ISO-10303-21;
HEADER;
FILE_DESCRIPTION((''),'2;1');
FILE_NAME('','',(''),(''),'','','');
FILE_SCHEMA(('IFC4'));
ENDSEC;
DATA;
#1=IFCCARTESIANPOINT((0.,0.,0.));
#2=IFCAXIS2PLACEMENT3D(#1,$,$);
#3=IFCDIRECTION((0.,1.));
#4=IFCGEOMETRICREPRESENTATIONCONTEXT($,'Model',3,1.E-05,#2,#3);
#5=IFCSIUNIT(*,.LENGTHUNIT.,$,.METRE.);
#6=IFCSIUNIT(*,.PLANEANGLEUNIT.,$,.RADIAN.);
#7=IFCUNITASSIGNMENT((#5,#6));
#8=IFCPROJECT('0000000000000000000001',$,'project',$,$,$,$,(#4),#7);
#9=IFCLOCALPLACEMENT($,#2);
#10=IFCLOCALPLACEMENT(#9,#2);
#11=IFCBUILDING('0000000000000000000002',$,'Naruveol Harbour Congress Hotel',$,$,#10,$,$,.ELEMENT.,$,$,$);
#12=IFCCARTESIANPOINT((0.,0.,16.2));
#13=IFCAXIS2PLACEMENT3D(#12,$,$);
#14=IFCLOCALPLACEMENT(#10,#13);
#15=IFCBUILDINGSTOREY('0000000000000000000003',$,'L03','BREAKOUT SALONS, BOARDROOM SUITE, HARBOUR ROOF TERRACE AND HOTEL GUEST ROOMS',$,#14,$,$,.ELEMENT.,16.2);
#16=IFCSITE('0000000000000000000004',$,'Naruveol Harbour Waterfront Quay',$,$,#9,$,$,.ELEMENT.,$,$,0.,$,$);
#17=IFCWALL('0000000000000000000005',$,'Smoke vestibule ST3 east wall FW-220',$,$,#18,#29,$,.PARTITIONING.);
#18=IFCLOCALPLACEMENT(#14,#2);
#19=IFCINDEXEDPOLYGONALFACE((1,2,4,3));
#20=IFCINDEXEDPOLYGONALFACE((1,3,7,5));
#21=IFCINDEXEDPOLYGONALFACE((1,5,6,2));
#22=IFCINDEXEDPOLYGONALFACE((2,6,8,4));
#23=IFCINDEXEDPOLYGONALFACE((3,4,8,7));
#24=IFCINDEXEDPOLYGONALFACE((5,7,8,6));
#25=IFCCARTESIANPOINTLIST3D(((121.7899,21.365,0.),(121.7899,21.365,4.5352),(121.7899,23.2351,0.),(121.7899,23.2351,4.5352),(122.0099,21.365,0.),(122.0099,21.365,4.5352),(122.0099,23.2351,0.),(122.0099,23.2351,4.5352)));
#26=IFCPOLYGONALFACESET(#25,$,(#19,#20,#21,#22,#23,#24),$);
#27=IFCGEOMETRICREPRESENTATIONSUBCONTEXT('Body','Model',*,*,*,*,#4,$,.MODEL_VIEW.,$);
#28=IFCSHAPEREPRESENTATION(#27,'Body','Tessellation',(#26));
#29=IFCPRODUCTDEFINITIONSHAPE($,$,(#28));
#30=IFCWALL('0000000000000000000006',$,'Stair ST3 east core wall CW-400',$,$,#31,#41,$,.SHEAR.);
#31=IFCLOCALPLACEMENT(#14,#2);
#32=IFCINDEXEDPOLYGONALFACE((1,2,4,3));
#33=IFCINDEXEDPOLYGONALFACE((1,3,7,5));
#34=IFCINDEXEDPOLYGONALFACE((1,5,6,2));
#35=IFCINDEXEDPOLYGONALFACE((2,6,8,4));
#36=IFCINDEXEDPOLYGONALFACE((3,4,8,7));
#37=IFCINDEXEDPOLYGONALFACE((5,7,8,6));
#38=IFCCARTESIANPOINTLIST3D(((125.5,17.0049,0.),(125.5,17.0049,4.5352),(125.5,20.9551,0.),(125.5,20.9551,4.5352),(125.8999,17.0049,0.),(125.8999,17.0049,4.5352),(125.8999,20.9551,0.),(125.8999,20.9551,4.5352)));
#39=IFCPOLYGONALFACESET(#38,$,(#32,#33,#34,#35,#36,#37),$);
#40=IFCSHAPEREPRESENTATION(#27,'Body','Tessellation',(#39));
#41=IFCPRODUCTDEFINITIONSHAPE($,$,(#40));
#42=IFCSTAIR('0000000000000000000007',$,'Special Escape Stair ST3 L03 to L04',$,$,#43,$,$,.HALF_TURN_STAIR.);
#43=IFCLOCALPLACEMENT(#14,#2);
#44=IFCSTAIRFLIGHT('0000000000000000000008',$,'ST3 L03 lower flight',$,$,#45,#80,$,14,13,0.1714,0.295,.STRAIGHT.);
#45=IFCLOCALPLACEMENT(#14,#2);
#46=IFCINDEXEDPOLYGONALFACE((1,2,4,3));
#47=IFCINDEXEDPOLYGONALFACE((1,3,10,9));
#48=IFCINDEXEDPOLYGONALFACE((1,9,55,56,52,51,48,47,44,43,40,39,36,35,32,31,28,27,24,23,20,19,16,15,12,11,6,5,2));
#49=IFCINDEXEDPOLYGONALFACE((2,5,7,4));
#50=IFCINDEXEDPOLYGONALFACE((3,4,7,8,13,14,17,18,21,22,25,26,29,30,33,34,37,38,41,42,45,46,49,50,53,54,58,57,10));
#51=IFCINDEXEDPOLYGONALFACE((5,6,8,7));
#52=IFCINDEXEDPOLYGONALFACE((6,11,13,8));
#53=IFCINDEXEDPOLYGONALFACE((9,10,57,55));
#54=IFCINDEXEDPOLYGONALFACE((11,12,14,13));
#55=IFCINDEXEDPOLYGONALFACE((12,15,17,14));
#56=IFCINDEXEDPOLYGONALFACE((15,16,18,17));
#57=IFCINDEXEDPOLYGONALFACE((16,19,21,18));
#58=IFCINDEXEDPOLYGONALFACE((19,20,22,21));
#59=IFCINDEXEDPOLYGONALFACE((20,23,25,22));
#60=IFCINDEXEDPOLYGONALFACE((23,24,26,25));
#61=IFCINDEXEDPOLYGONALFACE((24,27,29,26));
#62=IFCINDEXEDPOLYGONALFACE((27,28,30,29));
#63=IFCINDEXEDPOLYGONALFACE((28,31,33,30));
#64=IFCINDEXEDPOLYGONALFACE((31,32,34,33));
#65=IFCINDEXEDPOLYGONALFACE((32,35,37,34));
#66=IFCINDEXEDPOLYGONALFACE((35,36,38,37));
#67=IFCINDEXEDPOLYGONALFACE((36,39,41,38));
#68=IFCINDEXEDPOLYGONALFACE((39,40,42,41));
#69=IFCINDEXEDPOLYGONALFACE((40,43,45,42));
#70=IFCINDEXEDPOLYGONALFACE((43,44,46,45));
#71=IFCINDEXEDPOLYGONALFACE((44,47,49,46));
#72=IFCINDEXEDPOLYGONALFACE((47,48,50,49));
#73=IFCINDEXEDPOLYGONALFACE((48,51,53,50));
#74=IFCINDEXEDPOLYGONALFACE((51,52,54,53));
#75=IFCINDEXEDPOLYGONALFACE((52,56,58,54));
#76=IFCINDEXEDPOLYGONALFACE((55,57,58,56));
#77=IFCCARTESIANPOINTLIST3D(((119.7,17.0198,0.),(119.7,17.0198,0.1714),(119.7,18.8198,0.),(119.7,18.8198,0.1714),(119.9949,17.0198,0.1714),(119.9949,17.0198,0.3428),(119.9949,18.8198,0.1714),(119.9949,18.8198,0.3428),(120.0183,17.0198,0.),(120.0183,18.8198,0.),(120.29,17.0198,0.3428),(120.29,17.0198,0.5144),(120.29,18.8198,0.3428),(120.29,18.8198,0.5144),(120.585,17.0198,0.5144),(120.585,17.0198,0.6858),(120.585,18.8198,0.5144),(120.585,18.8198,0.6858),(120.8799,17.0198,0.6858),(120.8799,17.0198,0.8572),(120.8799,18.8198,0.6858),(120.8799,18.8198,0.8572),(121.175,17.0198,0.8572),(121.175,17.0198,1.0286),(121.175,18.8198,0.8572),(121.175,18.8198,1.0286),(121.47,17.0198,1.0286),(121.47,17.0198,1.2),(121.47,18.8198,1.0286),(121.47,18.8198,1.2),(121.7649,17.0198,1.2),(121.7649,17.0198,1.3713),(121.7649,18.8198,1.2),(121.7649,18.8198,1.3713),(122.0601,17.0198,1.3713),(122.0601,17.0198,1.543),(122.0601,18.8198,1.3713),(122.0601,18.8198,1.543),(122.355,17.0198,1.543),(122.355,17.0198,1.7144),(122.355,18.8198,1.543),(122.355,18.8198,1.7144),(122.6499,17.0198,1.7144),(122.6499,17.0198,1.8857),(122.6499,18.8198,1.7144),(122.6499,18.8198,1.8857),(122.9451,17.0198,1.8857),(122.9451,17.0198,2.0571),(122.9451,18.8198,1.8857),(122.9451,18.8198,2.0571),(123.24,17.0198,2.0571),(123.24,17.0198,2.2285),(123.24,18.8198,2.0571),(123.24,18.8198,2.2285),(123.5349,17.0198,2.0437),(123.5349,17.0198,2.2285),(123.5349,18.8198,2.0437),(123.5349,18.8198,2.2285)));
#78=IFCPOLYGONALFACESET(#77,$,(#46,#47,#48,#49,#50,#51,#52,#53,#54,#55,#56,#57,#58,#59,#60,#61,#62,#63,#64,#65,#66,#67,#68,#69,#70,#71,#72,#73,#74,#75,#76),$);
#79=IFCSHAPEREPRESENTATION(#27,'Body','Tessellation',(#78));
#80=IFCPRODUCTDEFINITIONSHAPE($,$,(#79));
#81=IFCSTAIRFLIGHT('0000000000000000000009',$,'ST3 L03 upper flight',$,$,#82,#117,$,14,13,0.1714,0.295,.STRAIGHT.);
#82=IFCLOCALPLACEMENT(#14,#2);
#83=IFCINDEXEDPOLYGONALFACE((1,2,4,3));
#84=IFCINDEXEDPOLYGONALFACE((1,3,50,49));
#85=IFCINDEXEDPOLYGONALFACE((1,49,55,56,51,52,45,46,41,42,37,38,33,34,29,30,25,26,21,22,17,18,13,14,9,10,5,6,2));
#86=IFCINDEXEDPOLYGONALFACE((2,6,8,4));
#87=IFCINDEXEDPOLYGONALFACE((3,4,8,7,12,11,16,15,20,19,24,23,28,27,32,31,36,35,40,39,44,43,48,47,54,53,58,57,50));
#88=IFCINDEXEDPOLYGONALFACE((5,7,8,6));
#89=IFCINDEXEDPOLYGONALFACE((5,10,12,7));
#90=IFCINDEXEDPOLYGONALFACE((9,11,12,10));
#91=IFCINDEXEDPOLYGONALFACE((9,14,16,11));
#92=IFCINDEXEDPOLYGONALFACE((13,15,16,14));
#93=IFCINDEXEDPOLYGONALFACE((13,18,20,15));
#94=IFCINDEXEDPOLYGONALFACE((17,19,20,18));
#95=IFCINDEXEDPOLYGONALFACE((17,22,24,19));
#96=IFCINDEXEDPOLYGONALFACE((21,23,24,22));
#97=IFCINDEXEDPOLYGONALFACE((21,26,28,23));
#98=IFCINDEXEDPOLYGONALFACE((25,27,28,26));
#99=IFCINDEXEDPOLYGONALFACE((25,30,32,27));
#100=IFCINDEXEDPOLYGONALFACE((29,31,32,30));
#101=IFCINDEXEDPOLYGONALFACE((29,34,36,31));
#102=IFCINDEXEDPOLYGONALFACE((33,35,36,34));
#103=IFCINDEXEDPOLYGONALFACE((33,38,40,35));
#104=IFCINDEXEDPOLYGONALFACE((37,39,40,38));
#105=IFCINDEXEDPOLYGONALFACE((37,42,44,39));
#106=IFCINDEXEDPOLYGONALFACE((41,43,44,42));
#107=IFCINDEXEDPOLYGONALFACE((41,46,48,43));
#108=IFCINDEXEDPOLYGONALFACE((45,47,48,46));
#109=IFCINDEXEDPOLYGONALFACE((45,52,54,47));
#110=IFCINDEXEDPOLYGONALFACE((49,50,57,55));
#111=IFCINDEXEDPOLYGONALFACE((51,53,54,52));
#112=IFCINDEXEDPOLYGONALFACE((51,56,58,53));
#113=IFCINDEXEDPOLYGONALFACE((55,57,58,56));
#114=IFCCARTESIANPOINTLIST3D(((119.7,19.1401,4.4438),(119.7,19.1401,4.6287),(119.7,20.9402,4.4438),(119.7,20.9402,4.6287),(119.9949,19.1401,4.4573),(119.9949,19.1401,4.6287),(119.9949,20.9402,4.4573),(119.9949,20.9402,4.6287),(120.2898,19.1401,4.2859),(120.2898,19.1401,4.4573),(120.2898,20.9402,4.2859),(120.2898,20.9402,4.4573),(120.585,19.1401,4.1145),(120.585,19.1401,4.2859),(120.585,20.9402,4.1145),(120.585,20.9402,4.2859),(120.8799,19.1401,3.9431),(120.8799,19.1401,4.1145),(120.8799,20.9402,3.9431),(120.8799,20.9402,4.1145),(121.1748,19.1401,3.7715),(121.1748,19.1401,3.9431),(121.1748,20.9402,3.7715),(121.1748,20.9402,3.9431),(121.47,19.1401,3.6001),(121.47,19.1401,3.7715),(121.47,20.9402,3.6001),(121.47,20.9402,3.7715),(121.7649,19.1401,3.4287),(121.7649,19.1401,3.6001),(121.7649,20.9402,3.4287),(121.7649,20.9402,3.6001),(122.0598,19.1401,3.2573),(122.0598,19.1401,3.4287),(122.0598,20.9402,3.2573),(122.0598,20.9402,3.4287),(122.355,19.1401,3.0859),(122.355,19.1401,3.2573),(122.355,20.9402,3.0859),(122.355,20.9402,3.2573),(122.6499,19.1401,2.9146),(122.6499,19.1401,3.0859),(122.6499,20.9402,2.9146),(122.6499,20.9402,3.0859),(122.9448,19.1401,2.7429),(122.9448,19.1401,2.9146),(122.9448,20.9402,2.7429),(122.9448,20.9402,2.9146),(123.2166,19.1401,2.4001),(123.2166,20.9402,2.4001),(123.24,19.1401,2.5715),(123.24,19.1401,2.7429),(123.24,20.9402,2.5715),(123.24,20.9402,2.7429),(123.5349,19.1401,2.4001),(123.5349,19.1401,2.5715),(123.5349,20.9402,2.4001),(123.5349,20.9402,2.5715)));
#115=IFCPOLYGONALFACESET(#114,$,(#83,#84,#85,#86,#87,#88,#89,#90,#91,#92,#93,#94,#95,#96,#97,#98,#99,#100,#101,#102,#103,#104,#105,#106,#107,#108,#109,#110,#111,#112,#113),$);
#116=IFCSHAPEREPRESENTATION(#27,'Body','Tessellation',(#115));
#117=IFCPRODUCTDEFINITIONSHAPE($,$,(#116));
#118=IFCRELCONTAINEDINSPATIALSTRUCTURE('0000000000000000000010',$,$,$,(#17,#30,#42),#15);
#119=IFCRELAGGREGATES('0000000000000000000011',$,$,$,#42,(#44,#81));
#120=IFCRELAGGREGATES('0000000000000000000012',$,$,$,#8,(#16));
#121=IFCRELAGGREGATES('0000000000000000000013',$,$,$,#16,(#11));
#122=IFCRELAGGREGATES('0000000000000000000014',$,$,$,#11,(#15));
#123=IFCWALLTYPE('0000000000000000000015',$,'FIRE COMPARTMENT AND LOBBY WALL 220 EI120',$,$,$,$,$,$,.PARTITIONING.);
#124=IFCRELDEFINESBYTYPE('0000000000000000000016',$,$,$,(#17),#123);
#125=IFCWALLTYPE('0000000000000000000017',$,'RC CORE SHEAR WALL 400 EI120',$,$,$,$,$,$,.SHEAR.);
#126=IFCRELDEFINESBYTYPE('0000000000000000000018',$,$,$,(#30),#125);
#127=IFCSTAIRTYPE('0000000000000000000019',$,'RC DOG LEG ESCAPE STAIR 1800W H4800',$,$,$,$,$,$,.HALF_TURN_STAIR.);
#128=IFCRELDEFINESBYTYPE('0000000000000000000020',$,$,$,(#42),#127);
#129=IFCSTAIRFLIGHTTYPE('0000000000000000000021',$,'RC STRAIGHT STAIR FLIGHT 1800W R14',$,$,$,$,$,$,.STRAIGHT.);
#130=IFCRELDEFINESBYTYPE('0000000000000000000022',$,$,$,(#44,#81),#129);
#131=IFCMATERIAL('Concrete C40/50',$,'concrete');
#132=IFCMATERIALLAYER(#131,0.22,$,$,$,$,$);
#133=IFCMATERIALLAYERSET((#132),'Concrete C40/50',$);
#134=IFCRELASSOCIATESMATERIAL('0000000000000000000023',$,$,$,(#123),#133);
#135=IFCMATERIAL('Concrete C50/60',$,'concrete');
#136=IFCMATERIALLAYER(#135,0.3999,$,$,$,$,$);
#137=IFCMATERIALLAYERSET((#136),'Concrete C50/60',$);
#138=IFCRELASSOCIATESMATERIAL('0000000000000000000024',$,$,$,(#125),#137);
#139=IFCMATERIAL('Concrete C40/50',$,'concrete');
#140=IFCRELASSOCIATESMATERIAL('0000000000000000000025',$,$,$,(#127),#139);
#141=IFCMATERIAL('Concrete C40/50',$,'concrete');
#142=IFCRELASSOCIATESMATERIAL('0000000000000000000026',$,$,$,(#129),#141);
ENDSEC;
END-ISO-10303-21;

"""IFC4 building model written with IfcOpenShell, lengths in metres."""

from ifc_helpers import new_model, si_unit, direction, frame, frame_2d, origin, place, context, subcontext, project, spatial, polyline, rectangle, outline, extrude, material, layer, layer_set, type_object, element, aggregate, save


model = new_model("IFC4")

# Units and contexts
model_context = context("Model", 3, precision=1e-05, world=origin(), true_north=direction((0.0, 1.0)))
body_context = subcontext(model_context, "Body", "Model", "MODEL_VIEW")
ifc_project = project(units=[si_unit("LENGTHUNIT", "METRE"), si_unit("PLANEANGLEUNIT", "RADIAN")], contexts=[model_context])

# Site, building, storey
site_placement = place(None, origin())
site = spatial("IfcSite", under=ifc_project, at=site_placement, Name="Naruveol Harbour Waterfront Quay", CompositionType="ELEMENT", RefElevation=0.0)
building_placement = place(site_placement, origin())
building = spatial("IfcBuilding", under=site, at=building_placement, Name="Naruveol Harbour Congress Hotel", CompositionType="ELEMENT")
storey_placement = place(building_placement, frame((0.0, 0.0, 16.2)))
storey = spatial("IfcBuildingStorey", under=building, at=storey_placement, Name="L03", Description="BREAKOUT SALONS, BOARDROOM SUITE, HARBOUR ROOF TERRACE AND HOTEL GUEST ROOMS", CompositionType="ELEMENT", Elevation=16.2)

# Shared definitions
ifc_material_1 = material(Name="Concrete C40/50", Category="concrete")
ifc_layer_1 = layer(ifc_material_1, 0.22)
ifc_layer_set_1 = layer_set([ifc_layer_1], Name="Concrete C40/50")
wall_type_1 = type_object("IfcWallType", Name="FIRE COMPARTMENT AND LOBBY WALL 220 EI120", PredefinedType="PARTITIONING", material=ifc_layer_set_1)

# Walls
wall_1_placement = place(storey_placement, frame((121.8999, 21.365, 0.0), z_axis=(0.0, 0.0, 1.0), x_axis=(0.0, 1.0, 0.0)))
element("IfcWall", 1, at=wall_1_placement, inside=storey, type_object=wall_type_1, Name="Smoke vestibule ST3 east wall FW-220", PredefinedType="PARTITIONING", context=body_context, shape_type="SweptSolid", body=[
    extrude(rectangle(XDim=1.8701, YDim=0.22, at=frame_2d((0.9351, 0.0))), origin(), (0.0, 0.0, 1.0), 4.5352),
])
ifc_material_2 = material(Name="Concrete C50/60", Category="concrete")
ifc_layer_2 = layer(ifc_material_2, 0.3999)
ifc_layer_set_2 = layer_set([ifc_layer_2], Name="Concrete C50/60")
wall_type_2 = type_object("IfcWallType", Name="RC CORE SHEAR WALL 400 EI120", PredefinedType="SHEAR", material=ifc_layer_set_2)
wall_2_placement = place(storey_placement, frame((125.7, 17.0049, 0.0), z_axis=(0.0, 0.0, 1.0), x_axis=(0.0, 1.0, 0.0)))
element("IfcWall", 2, at=wall_2_placement, inside=storey, type_object=wall_type_2, Name="Stair ST3 east core wall CW-400", PredefinedType="SHEAR", context=body_context, shape_type="SweptSolid", body=[
    extrude(rectangle(XDim=3.9502, YDim=0.3999, at=frame_2d((1.9751, 0.0))), origin(), (0.0, 0.0, 1.0), 4.5352),
])

# Stair, stair flights
ifc_material_3 = material(Name="Concrete C40/50", Category="concrete")
stair_type = type_object("IfcStairType", Name="RC DOG LEG ESCAPE STAIR 1800W H4800", PredefinedType="HALF_TURN_STAIR", material=ifc_material_3)
stair_placement = place(storey_placement, origin())
stair = element("IfcStair", 3, at=stair_placement, inside=storey, type_object=stair_type, Name="Special Escape Stair ST3 L03 to L04", PredefinedType="HALF_TURN_STAIR")
ifc_material_4 = material(Name="Concrete C40/50", Category="concrete")
stair_flight_type = type_object("IfcStairFlightType", Name="RC STRAIGHT STAIR FLIGHT 1800W R14", PredefinedType="STRAIGHT", material=ifc_material_4)
stair_flight_1_placement = place(storey_placement, frame((119.7, 17.9199, 0.0), z_axis=(0.0, 0.0, 1.0), x_axis=(1.0, 0.0, 0.0)))
stair_flight_1 = element("IfcStairFlight", 4, at=stair_flight_1_placement, type_object=stair_flight_type, Name="ST3 L03 lower flight", NumberOfRisers=14, NumberOfTreads=13, PredefinedType="STRAIGHT", RiserHeight=0.1714, TreadLength=0.295, context=body_context, shape_type="SweptSolid", body=[
    extrude(outline(polyline([(0.0, 0.0), (0.0, 0.1714), (0.2949, 0.1714), (0.2949, 0.3428), (0.5901, 0.3428), (0.5901, 0.5144), (0.885, 0.5144), (0.885, 0.6858), (1.1799, 0.6858), (1.1799, 0.8572), (1.4751, 0.8572), (1.4751, 1.0286), (1.77, 1.0286), (1.77, 1.2), (2.0649, 1.2), (2.0649, 1.3713), (2.3601, 1.3713), (2.3601, 1.543), (2.655, 1.543), (2.655, 1.7144), (2.95, 1.7144), (2.95, 1.8857), (3.2451, 1.8857), (3.2451, 2.0571), (3.54, 2.0571), (3.54, 2.2285), (3.835, 2.2285), (3.835, 2.3999), (3.835, 2.0437), (0.3184, 0.0), (0.0, 0.0)])), frame((0.0, 0.8999, 0.0), z_axis=(0.0, -1.0, 0.0), x_axis=(1.0, 0.0, 0.0)), (0.0, 0.0, 1.0), 1.8),
])
stair_flight_2_placement = place(storey_placement, frame((123.5349, 20.04, 2.4001), z_axis=(0.0, 0.0, 1.0), x_axis=(-1.0, 0.0, 0.0)))
stair_flight_2 = element("IfcStairFlight", 5, at=stair_flight_2_placement, type_object=stair_flight_type, Name="ST3 L03 upper flight", NumberOfRisers=14, NumberOfTreads=13, PredefinedType="STRAIGHT", RiserHeight=0.1714, TreadLength=0.295, context=body_context, shape_type="SweptSolid", body=[
    extrude(outline(polyline([(0.0, 0.0), (0.0, 0.1714), (0.2949, 0.1714), (0.2949, 0.3428), (0.5901, 0.3428), (0.5901, 0.5144), (0.885, 0.5144), (0.885, 0.6858), (1.1799, 0.6858), (1.1799, 0.8572), (1.4751, 0.8572), (1.4751, 1.0286), (1.77, 1.0286), (1.77, 1.2), (2.0649, 1.2), (2.0649, 1.3713), (2.3601, 1.3713), (2.3601, 1.543), (2.655, 1.543), (2.655, 1.7144), (2.95, 1.7144), (2.95, 1.8857), (3.2451, 1.8857), (3.2451, 2.0571), (3.54, 2.0571), (3.54, 2.2285), (3.835, 2.2285), (3.835, 2.3999), (3.835, 2.0437), (0.3184, 0.0), (0.0, 0.0)])), frame((0.0, 0.8999, 0.0), z_axis=(0.0, -1.0, 0.0), x_axis=(1.0, 0.0, 0.0)), (0.0, 0.0, 1.0), 1.8),
])
aggregate(stair, [stair_flight_1, stair_flight_2])

save(model, "model.ifc")
